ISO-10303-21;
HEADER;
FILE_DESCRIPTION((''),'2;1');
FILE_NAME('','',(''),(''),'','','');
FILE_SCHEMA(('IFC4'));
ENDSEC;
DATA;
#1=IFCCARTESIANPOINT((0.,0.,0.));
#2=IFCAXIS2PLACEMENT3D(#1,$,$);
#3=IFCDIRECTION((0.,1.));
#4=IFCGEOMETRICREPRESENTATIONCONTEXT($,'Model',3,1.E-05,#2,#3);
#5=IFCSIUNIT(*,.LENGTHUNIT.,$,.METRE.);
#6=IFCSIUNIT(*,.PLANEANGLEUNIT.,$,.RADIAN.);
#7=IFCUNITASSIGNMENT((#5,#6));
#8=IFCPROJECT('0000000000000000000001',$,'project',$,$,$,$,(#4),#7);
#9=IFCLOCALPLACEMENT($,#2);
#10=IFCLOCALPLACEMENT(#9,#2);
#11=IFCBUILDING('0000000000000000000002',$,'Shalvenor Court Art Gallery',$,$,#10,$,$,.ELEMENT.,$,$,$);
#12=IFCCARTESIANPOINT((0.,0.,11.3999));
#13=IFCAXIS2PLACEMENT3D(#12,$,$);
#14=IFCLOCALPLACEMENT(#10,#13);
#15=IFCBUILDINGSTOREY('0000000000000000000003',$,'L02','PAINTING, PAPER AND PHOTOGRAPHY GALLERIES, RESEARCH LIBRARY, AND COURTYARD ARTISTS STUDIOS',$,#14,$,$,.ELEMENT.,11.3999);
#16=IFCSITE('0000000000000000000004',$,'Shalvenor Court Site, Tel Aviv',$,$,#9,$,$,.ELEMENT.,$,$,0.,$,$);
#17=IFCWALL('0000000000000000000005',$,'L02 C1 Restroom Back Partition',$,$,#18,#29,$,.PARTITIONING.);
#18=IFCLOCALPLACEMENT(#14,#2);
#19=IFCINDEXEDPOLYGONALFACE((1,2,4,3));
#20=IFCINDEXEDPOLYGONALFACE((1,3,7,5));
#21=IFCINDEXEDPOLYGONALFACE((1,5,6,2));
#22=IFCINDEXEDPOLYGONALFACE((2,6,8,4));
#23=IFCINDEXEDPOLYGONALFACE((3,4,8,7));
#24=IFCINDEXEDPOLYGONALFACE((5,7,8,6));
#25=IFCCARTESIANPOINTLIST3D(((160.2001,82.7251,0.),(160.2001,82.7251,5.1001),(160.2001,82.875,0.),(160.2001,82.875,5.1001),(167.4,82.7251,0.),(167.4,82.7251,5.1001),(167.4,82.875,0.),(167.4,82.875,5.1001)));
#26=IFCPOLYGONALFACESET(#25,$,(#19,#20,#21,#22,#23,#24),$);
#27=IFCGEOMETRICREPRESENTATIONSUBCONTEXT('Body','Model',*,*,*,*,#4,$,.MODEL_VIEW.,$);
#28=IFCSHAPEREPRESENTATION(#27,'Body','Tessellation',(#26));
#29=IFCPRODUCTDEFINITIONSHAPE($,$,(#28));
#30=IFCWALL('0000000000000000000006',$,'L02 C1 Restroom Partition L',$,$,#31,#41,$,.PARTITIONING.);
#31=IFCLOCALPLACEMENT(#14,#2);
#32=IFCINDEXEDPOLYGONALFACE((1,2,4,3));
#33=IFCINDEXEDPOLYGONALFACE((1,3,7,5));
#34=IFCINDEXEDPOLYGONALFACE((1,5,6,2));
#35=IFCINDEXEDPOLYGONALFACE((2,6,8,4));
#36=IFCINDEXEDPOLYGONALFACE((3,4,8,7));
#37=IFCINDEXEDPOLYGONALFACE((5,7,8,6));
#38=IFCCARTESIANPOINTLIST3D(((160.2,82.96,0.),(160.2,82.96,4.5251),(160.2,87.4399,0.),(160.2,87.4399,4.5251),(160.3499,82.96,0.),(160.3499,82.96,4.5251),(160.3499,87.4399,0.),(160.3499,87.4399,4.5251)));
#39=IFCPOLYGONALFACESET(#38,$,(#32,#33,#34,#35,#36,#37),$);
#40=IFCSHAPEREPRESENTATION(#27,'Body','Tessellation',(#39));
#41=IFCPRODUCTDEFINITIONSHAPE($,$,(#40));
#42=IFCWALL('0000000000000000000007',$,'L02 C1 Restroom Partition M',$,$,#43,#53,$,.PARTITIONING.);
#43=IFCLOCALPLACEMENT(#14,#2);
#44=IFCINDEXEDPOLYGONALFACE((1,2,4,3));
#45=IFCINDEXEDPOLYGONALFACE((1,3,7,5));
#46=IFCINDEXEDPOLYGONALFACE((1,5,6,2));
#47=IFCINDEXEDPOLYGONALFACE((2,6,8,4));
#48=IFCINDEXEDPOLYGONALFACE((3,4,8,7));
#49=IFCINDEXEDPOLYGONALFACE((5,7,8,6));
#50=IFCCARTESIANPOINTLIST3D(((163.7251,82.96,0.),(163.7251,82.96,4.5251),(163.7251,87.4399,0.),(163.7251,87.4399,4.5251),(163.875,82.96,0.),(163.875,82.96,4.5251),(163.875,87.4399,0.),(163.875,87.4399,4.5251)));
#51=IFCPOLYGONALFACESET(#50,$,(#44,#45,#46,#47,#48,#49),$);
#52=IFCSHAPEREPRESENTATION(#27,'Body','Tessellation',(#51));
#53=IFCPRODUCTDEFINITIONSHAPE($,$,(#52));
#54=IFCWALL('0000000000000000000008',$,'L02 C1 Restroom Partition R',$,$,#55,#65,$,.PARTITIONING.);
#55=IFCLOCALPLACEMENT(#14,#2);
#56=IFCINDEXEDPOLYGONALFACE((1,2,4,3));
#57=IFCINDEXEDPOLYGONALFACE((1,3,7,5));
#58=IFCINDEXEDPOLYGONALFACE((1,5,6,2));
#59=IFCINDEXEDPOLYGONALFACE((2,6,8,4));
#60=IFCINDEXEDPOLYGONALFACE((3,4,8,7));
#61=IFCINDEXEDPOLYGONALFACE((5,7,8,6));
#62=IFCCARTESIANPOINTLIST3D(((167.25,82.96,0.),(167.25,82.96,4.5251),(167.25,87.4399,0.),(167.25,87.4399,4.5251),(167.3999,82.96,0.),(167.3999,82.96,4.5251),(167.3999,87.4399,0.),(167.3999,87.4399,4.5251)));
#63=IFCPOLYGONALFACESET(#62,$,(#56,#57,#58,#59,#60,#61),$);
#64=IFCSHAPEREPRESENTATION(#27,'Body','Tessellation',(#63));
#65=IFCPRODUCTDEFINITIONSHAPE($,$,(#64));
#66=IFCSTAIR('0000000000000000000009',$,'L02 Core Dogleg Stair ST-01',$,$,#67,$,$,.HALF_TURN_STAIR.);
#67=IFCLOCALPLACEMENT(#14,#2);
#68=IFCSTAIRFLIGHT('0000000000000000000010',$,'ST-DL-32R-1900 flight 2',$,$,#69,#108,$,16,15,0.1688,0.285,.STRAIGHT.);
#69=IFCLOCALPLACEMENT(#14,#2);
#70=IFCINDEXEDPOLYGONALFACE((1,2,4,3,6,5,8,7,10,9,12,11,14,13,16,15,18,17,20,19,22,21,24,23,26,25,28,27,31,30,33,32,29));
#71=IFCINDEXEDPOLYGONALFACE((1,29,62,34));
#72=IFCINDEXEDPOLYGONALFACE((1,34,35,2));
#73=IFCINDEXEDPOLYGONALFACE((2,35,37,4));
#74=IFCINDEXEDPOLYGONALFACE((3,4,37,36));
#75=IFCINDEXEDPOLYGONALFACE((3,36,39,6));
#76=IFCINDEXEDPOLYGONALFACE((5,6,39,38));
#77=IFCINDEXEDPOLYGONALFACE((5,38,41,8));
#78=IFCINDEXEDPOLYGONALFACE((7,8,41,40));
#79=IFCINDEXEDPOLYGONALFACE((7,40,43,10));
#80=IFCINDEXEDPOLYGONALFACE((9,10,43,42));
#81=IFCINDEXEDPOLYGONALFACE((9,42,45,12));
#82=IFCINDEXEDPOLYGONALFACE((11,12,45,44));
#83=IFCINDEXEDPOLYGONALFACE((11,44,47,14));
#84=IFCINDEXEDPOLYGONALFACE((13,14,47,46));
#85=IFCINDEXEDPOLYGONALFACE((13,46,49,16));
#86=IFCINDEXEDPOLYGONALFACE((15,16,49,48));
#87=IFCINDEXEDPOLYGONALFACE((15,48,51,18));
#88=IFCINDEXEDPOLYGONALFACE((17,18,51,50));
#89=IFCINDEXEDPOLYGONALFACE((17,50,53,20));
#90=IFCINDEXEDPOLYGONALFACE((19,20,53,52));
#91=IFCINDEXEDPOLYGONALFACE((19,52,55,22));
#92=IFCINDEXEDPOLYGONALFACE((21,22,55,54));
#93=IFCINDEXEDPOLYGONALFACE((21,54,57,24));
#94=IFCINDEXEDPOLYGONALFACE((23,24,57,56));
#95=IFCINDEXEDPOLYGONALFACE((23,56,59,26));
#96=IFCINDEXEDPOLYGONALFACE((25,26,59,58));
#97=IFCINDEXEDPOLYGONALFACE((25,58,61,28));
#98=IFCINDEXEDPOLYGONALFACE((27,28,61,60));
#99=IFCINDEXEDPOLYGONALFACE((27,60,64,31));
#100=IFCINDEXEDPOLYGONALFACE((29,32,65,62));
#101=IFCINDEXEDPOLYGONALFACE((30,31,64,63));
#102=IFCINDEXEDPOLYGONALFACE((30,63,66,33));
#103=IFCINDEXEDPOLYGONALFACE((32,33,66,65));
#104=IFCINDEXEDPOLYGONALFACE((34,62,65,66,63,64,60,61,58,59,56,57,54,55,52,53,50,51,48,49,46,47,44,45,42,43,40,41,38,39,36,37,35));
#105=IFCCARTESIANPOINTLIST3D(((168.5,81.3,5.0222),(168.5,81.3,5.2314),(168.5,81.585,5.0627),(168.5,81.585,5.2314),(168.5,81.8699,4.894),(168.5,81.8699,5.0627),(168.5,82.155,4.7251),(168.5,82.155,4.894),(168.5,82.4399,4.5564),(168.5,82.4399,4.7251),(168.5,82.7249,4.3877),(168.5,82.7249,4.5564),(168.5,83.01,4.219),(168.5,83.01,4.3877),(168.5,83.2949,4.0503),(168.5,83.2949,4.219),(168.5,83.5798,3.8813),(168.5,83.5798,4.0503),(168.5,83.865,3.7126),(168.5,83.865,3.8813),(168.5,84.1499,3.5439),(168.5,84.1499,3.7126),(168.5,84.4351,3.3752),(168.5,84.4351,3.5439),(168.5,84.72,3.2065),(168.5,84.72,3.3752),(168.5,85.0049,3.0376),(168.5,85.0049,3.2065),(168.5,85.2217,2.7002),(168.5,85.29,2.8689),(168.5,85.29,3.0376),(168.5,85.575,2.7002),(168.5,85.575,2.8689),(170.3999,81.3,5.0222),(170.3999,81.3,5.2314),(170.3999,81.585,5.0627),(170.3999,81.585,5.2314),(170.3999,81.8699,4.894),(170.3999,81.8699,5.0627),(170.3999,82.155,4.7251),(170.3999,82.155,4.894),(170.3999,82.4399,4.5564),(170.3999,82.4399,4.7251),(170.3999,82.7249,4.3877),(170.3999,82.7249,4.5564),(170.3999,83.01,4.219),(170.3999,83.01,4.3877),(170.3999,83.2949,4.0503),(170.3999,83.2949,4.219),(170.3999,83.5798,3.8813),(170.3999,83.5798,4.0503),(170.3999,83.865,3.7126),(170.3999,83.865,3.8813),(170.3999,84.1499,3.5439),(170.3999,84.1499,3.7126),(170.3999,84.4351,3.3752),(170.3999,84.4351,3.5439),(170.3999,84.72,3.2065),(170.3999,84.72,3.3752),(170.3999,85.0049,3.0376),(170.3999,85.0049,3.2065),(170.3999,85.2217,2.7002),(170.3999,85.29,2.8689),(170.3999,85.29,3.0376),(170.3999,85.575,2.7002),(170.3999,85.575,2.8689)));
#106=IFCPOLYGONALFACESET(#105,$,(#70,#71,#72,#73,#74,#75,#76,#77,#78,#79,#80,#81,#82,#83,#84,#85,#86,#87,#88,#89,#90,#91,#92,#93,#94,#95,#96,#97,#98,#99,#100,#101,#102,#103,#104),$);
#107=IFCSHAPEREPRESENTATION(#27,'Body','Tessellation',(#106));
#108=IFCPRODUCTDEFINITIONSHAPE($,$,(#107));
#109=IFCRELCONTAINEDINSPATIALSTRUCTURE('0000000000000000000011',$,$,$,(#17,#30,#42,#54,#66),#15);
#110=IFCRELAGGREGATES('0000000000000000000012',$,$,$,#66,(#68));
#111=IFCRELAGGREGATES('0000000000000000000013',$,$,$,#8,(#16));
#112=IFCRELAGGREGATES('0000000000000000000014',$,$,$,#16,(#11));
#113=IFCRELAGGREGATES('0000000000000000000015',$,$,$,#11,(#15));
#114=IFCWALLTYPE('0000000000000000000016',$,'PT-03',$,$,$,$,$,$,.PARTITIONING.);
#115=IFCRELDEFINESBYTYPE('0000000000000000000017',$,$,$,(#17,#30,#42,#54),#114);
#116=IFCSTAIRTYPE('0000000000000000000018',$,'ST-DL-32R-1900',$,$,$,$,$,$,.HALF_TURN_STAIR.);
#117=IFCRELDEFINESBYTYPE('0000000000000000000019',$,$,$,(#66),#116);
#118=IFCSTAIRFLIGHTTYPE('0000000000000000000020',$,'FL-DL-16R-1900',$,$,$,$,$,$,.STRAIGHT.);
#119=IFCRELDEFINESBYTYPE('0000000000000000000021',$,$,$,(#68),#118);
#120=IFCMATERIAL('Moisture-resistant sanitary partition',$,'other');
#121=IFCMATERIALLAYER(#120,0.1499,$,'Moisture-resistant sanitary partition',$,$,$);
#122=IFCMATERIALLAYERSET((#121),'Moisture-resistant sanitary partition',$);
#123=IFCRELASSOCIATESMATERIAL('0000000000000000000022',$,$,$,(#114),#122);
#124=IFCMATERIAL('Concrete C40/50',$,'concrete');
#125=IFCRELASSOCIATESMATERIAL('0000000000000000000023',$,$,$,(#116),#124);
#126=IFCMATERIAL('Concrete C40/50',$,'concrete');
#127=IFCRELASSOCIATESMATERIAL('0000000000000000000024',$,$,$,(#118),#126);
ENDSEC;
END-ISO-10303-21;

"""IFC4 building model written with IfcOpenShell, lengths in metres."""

from ifc_helpers import new_model, si_unit, direction, frame, frame_2d, origin, place, context, subcontext, project, spatial, polyline, rectangle, outline, extrude, material, layer, layer_set, type_object, element, aggregate, save


model = new_model("IFC4")

# Units and contexts
model_context = context("Model", 3, precision=1e-05, world=origin(), true_north=direction((0.0, 1.0)))
body_context = subcontext(model_context, "Body", "Model", "MODEL_VIEW")
ifc_project = project(units=[si_unit("LENGTHUNIT", "METRE"), si_unit("PLANEANGLEUNIT", "RADIAN")], contexts=[model_context])

# Site, building, storey
site_placement = place(None, origin())
site = spatial("IfcSite", under=ifc_project, at=site_placement, Name="Shalvenor Court Site, Tel Aviv", CompositionType="ELEMENT", RefElevation=0.0)
building_placement = place(site_placement, origin())
building = spatial("IfcBuilding", under=site, at=building_placement, Name="Shalvenor Court Art Gallery", CompositionType="ELEMENT")
storey_placement = place(building_placement, frame((0.0, 0.0, 11.3999)))
storey = spatial("IfcBuildingStorey", under=building, at=storey_placement, Name="L02", Description="PAINTING, PAPER AND PHOTOGRAPHY GALLERIES, RESEARCH LIBRARY, AND COURTYARD ARTISTS STUDIOS", CompositionType="ELEMENT", Elevation=11.3999)

# Walls
ifc_material_1 = material(Name="Moisture-resistant sanitary partition", Category="other")
ifc_layer_1 = layer(ifc_material_1, 0.1499, Name="Moisture-resistant sanitary partition")
ifc_layer_set_1 = layer_set([ifc_layer_1], Name="Moisture-resistant sanitary partition")
wall_type_1 = type_object("IfcWallType", Name="PT-03", PredefinedType="PARTITIONING", material=ifc_layer_set_1)
wall_1_placement = place(storey_placement, frame((160.2, 82.8, 0.0), z_axis=(0.0, 0.0, 1.0), x_axis=(1.0, 0.0, 0.0)))
element("IfcWall", 1, at=wall_1_placement, inside=storey, type_object=wall_type_1, Name="L02 C1 Restroom Back Partition", PredefinedType="PARTITIONING", context=body_context, shape_type="SweptSolid", body=[
    extrude(rectangle(XDim=7.2, YDim=0.1499, at=frame_2d((3.6001, 0.0))), origin(), (0.0, 0.0, 1.0), 5.1001),
])
for number, where, z_axis, x_axis, name in (
    (2, (160.2749, 82.96, 0.0), (0.0, 0.0, 1.0), (0.0, 1.0, 0.0), "L02 C1 Restroom Partition L"),
    (3, (163.8, 82.96, 0.0), (0.0, 0.0, 1.0), (0.0, 1.0, 0.0), "L02 C1 Restroom Partition M"),
    (4, (167.325, 82.96, 0.0), (0.0, 0.0, 1.0), (0.0, 1.0, 0.0), "L02 C1 Restroom Partition R"),
):
    element("IfcWall", number, at=place(storey_placement, frame(where, z_axis=z_axis, x_axis=x_axis)), inside=storey, type_object=wall_type_1, Name=name, PredefinedType="PARTITIONING", context=body_context, shape_type="SweptSolid", body=[
        extrude(rectangle(XDim=4.48, YDim=0.1499, at=frame_2d((2.24, 0.0))), origin(), (0.0, 0.0, 1.0), 4.5251),
    ])

# Stair, stair flight
ifc_material_2 = material(Name="Concrete C40/50", Category="concrete")
stair_type = type_object("IfcStairType", Name="ST-DL-32R-1900", PredefinedType="HALF_TURN_STAIR", material=ifc_material_2)
stair_placement = place(storey_placement, origin())
stair = element("IfcStair", 5, at=stair_placement, inside=storey, type_object=stair_type, Name="L02 Core Dogleg Stair ST-01", PredefinedType="HALF_TURN_STAIR")
ifc_material_3 = material(Name="Concrete C40/50", Category="concrete")
stair_flight_type = type_object("IfcStairFlightType", Name="FL-DL-16R-1900", PredefinedType="STRAIGHT", material=ifc_material_3)
stair_flight_placement = place(storey_placement, frame((169.45, 85.575, 2.7002), z_axis=(0.0, 0.0, 1.0), x_axis=(0.0, -1.0, 0.0)))
stair_flight = element("IfcStairFlight", 6, at=stair_flight_placement, type_object=stair_flight_type, Name="ST-DL-32R-1900 flight 2", NumberOfRisers=16, NumberOfTreads=15, PredefinedType="STRAIGHT", RiserHeight=0.1688, TreadLength=0.285, context=body_context, shape_type="SweptSolid", body=[
    extrude(outline(polyline([(0.0, 0.0), (0.0, 0.1687), (0.2849, 0.1687), (0.2849, 0.3374), (0.5701, 0.3374), (0.5701, 0.5063), (0.855, 0.5063), (0.855, 0.675), (1.1399, 0.675), (1.1399, 0.8438), (1.425, 0.8438), (1.425, 1.0125), (1.71, 1.0125), (1.71, 1.1812), (1.9951, 1.1812), (1.9951, 1.3501), (2.28, 1.3501), (2.28, 1.5188), (2.5649, 1.5188), (2.5649, 1.6875), (2.8501, 1.6875), (2.8501, 1.8562), (3.135, 1.8562), (3.135, 2.0249), (3.4199, 2.0249), (3.4199, 2.1938), (3.7051, 2.1938), (3.7051, 2.3625), (3.99, 2.3625), (3.99, 2.5312), (4.2749, 2.5312), (4.2749, 2.7), (4.2749, 2.322), (0.3533, 0.0), (0.0, 0.0)])), frame((0.0, 0.95, 0.0), z_axis=(0.0, -1.0, 0.0), x_axis=(1.0, 0.0, 0.0)), (0.0, 0.0, 1.0), 1.8999),
])
aggregate(stair, [stair_flight])

save(model, "model.ifc")
